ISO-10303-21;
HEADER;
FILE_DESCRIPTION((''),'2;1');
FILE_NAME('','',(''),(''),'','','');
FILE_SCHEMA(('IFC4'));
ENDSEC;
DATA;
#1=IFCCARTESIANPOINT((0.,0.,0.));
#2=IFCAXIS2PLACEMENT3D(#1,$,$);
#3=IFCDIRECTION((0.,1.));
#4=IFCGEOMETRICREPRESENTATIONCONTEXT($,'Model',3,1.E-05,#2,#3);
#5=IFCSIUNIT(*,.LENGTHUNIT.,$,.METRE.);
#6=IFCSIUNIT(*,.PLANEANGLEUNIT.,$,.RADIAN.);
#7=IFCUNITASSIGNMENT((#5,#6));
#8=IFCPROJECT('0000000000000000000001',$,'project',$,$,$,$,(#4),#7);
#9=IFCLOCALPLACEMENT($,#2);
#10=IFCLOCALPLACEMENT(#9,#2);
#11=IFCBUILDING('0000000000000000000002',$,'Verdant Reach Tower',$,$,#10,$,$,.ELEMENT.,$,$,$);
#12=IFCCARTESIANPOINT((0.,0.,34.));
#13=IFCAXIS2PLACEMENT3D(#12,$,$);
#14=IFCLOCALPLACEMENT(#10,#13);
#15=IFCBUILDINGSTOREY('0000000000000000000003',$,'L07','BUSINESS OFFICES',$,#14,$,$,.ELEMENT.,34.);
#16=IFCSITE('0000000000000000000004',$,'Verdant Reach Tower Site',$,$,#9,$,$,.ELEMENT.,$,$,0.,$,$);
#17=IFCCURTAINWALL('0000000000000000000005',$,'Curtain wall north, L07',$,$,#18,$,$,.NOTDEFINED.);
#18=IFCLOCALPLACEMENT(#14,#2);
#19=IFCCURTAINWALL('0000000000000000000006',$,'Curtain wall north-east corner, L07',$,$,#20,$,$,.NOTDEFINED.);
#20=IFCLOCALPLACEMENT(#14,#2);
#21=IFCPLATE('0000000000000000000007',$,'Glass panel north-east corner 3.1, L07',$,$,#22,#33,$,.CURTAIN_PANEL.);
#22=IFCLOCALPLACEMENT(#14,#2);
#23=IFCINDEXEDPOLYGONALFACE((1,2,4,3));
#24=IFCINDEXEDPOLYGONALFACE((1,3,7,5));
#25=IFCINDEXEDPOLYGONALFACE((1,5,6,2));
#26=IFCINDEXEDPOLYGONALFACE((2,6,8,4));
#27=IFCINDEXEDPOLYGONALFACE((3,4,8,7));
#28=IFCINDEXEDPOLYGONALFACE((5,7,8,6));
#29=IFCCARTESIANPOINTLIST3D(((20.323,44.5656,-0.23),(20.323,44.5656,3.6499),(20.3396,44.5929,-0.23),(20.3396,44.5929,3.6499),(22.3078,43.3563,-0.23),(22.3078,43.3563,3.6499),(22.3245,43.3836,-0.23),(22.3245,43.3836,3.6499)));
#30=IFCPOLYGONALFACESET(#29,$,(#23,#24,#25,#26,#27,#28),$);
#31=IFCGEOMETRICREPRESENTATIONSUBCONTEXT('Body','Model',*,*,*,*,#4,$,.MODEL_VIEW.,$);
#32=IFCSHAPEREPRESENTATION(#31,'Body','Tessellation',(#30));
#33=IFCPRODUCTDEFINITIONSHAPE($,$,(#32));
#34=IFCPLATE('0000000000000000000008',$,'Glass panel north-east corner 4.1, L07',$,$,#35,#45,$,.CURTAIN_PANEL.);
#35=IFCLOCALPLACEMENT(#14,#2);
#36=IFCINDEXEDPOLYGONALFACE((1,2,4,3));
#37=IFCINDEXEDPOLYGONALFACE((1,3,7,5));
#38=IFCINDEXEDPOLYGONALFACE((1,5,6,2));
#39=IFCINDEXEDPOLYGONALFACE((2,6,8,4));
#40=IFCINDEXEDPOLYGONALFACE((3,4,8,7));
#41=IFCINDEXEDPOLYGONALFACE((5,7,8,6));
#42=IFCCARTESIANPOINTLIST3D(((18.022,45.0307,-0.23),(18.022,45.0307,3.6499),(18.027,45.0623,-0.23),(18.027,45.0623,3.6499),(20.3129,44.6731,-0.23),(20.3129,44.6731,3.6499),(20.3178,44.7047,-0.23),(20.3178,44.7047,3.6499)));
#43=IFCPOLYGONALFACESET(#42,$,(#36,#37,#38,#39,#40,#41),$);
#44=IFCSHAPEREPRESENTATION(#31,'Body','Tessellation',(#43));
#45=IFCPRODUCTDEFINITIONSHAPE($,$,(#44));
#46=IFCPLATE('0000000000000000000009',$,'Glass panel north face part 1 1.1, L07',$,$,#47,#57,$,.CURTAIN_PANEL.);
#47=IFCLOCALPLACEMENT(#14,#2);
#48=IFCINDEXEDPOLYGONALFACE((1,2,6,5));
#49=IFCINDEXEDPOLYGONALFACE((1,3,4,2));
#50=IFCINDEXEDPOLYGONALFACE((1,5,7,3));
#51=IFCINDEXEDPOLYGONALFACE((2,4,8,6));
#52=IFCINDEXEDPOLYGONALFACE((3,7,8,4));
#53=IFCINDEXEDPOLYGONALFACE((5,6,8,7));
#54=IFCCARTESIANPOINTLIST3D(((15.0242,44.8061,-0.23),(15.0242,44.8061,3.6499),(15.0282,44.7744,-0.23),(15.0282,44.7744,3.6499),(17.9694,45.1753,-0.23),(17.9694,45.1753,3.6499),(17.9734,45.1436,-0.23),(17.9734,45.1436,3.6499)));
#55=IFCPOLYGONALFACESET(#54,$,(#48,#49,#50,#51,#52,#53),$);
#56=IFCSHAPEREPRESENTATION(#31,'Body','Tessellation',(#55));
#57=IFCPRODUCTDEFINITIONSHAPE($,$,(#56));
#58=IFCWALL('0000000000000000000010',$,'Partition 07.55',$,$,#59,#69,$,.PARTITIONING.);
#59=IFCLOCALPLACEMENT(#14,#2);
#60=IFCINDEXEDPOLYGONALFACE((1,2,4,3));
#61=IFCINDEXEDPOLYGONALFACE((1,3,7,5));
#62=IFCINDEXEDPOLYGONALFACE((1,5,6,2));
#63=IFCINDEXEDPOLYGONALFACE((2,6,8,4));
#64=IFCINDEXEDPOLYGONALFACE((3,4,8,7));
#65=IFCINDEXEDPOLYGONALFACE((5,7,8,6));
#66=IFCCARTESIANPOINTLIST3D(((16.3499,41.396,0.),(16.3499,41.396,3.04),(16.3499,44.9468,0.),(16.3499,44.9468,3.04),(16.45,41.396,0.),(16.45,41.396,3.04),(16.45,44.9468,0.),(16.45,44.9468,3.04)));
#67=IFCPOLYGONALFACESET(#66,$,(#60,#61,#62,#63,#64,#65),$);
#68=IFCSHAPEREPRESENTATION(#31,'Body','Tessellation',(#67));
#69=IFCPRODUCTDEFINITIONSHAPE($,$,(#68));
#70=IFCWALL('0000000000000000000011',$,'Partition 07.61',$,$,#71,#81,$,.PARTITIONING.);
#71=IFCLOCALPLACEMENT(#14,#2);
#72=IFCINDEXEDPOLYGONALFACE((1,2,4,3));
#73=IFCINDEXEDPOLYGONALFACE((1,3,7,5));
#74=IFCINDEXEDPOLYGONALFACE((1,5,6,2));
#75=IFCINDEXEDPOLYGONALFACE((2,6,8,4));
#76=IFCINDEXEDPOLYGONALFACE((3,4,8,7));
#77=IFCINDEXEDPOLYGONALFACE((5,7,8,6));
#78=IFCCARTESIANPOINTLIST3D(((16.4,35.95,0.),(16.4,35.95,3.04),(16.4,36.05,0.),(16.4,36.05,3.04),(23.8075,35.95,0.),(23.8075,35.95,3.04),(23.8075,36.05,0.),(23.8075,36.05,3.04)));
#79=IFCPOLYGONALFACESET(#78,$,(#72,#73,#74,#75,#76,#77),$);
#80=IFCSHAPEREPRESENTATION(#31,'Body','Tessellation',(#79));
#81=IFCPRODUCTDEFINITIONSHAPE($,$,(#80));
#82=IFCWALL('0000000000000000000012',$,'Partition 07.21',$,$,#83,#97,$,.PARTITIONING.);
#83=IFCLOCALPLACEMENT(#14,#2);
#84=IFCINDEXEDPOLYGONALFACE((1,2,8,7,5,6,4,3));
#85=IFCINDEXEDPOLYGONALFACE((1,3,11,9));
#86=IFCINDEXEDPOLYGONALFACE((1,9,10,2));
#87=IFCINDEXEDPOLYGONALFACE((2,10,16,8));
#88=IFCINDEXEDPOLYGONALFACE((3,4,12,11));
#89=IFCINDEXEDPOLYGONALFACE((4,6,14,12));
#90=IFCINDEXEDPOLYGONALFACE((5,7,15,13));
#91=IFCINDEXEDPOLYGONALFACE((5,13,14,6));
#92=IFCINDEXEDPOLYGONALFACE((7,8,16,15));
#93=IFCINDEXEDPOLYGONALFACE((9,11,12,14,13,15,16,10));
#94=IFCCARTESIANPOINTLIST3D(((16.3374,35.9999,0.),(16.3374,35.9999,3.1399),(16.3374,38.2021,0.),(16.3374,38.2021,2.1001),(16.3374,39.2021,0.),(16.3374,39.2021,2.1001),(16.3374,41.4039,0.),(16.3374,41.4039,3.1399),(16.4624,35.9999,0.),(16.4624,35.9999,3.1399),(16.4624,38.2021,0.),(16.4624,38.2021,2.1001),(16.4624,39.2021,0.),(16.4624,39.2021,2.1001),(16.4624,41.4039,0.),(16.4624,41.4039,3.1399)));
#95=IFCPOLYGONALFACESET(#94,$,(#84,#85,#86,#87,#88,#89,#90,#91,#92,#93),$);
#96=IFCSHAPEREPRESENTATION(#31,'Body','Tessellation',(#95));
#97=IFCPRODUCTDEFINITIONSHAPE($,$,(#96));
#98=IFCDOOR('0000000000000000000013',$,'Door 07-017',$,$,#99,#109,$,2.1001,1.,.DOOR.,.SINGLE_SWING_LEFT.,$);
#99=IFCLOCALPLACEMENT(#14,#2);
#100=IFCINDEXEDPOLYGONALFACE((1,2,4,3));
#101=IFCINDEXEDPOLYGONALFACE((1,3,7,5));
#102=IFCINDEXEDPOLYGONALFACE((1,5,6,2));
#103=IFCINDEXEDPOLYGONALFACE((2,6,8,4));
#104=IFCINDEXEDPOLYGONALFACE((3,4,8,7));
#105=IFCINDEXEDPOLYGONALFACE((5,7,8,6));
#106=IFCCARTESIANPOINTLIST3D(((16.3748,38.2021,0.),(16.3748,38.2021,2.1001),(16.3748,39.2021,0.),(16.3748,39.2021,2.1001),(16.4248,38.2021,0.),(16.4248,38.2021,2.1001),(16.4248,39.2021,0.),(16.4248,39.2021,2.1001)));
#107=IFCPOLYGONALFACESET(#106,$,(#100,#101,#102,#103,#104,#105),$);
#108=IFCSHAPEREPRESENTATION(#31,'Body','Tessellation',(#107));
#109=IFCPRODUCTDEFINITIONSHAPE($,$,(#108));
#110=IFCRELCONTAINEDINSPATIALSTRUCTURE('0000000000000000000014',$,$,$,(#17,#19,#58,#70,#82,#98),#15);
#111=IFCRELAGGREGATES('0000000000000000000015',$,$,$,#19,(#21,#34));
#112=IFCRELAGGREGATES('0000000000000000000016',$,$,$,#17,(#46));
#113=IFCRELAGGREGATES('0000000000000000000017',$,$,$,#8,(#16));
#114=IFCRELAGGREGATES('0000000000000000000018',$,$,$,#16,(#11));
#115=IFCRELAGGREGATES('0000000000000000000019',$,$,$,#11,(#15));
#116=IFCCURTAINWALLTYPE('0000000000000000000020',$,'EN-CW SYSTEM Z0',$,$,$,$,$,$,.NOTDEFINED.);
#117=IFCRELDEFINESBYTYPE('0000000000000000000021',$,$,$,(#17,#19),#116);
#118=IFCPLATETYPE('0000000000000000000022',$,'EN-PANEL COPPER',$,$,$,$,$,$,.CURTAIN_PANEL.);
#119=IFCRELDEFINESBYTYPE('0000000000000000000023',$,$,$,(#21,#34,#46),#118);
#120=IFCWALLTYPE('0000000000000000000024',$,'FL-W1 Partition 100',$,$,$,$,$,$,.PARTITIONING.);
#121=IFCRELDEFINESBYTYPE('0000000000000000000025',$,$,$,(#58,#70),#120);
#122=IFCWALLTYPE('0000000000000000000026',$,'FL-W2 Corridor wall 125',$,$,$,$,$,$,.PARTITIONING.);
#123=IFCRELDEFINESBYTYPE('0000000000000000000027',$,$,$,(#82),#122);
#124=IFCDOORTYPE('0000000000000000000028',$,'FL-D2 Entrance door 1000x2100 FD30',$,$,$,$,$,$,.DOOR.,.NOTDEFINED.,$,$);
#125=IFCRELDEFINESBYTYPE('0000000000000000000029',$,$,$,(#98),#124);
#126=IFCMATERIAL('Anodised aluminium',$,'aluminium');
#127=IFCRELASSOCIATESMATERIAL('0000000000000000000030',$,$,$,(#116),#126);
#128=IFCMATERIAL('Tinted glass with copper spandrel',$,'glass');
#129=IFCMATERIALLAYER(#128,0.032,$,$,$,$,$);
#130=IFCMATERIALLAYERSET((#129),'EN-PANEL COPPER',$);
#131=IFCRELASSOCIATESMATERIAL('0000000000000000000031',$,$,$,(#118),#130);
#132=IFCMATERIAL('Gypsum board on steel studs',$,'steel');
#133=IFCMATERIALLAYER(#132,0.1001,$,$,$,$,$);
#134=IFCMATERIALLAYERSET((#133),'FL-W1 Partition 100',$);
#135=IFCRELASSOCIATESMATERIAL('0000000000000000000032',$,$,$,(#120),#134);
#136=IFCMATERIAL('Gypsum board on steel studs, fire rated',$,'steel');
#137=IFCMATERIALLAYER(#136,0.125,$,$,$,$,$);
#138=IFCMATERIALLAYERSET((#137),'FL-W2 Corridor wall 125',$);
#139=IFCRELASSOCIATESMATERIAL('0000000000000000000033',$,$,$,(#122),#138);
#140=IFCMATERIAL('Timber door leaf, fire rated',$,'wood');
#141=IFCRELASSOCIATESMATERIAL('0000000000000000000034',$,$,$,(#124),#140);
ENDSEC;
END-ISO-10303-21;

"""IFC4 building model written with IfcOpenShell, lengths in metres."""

from ifc_helpers import new_model, si_unit, direction, frame, frame_2d, origin, origin_2d, place, context, subcontext, project, spatial, rectangle, extrude, material, layer, layer_set, type_object, element, fill, aggregate, save


model = new_model("IFC4")

# Units and contexts
model_context = context("Model", 3, precision=1e-05, world=origin(), true_north=direction((0.0, 1.0)))
body_context = subcontext(model_context, "Body", "Model", "MODEL_VIEW")
ifc_project = project(units=[si_unit("LENGTHUNIT", "METRE"), si_unit("PLANEANGLEUNIT", "RADIAN")], contexts=[model_context])

# Site, building, storey
site_placement = place(None, origin())
site = spatial("IfcSite", under=ifc_project, at=site_placement, Name="Verdant Reach Tower Site", CompositionType="ELEMENT", RefElevation=0.0)
building_placement = place(site_placement, origin())
building = spatial("IfcBuilding", under=site, at=building_placement, Name="Verdant Reach Tower", CompositionType="ELEMENT")
storey_placement = place(building_placement, frame((0.0, 0.0, 34.0)))
storey = spatial("IfcBuildingStorey", under=building, at=storey_placement, Name="L07", Description="BUSINESS OFFICES", CompositionType="ELEMENT", Elevation=34.0)

# Curtain wall
ifc_material_1 = material(Name="Anodised aluminium", Category="aluminium")
curtain_wall_type = type_object("IfcCurtainWallType", Name="EN-CW SYSTEM Z0", PredefinedType="NOTDEFINED", material=ifc_material_1)
curtain_wall_1_placement = place(storey_placement, origin())
curtain_wall_1 = element("IfcCurtainWall", 1, at=curtain_wall_1_placement, inside=storey, type_object=curtain_wall_type, Name="Curtain wall north, L07", PredefinedType="NOTDEFINED")

# Curtain wall
curtain_wall_2_placement = place(storey_placement, origin())
curtain_wall_2 = element("IfcCurtainWall", 2, at=curtain_wall_2_placement, inside=storey, type_object=curtain_wall_type, Name="Curtain wall north-east corner, L07", PredefinedType="NOTDEFINED")

# Shared definitions
ifc_material_2 = material(Name="Tinted glass with copper spandrel", Category="glass")
ifc_layer_1 = layer(ifc_material_2, 0.032)
ifc_layer_set_1 = layer_set([ifc_layer_1], Name="EN-PANEL COPPER")
plate_type_1 = type_object("IfcPlateType", Name="EN-PANEL COPPER", PredefinedType="CURTAIN_PANEL", material=ifc_layer_set_1)

# Plates
plate_1_placement = place(storey_placement, frame((21.3237, 43.9746, -0.23), z_axis=(0.0, 0.0, 1.0), x_axis=(-0.853989, 0.520292, 0.0)))
plate_1 = element("IfcPlate", 3, at=plate_1_placement, type_object=plate_type_1, Name="Glass panel north-east corner 3.1, L07", PredefinedType="CURTAIN_PANEL", context=body_context, shape_type="SweptSolid", body=[
    extrude(rectangle(XDim=2.3242, YDim=0.032, at=origin_2d()), origin(), (0.0, 0.0, 1.0), 3.8799),
])
plate_2_placement = place(storey_placement, frame((19.1699, 44.8677, -0.23), z_axis=(0.0, 0.0, 1.0), x_axis=(-0.988035, 0.154233, 0.0)))
plate_2 = element("IfcPlate", 4, at=plate_2_placement, type_object=plate_type_1, Name="Glass panel north-east corner 4.1, L07", PredefinedType="CURTAIN_PANEL", context=body_context, shape_type="SweptSolid", body=[
    extrude(rectangle(XDim=2.3186, YDim=0.032, at=origin_2d()), origin(), (0.0, 0.0, 1.0), 3.8799),
])
aggregate(curtain_wall_2, [plate_1, plate_2])
plate_3_placement = place(storey_placement, frame((16.4988, 44.9749, -0.23), z_axis=(0.0, 0.0, 1.0), x_axis=(-0.992234, -0.124384, 0.0)))
plate_3 = element("IfcPlate", 5, at=plate_3_placement, type_object=plate_type_1, Name="Glass panel north face part 1 1.1, L07", PredefinedType="CURTAIN_PANEL", context=body_context, shape_type="SweptSolid", body=[
    extrude(rectangle(XDim=2.9683, YDim=0.032, at=origin_2d()), origin(), (0.0, 0.0, 1.0), 3.8799),
])
aggregate(curtain_wall_1, [plate_3])

# Walls
ifc_material_3 = material(Name="Gypsum board on steel studs", Category="steel")
ifc_layer_2 = layer(ifc_material_3, 0.1001)
ifc_layer_set_2 = layer_set([ifc_layer_2], Name="FL-W1 Partition 100")
wall_type_1 = type_object("IfcWallType", Name="FL-W1 Partition 100", PredefinedType="PARTITIONING", material=ifc_layer_set_2)
wall_1_placement = place(storey_placement, frame((16.3999, 41.396, 0.0), z_axis=(0.0, 0.0, 1.0), x_axis=(0.0, 1.0, 0.0)))
element("IfcWall", 6, at=wall_1_placement, inside=storey, type_object=wall_type_1, Name="Partition 07.55", PredefinedType="PARTITIONING", context=body_context, shape_type="SweptSolid", body=[
    extrude(rectangle(XDim=3.5508, YDim=0.1001, at=frame_2d((1.7754, 0.0))), origin(), (0.0, 0.0, 1.0), 3.04),
])
wall_2_placement = place(storey_placement, frame((23.8074, 36.0, 0.0), z_axis=(0.0, 0.0, 1.0), x_axis=(-1.0, 0.0, 0.0)))
element("IfcWall", 7, at=wall_2_placement, inside=storey, type_object=wall_type_1, Name="Partition 07.61", PredefinedType="PARTITIONING", context=body_context, shape_type="SweptSolid", body=[
    extrude(rectangle(XDim=7.4075, YDim=0.1001, at=frame_2d((3.7036, 0.0))), origin(), (0.0, 0.0, 1.0), 3.04),
])

# Wall, opening, door
ifc_material_4 = material(Name="Gypsum board on steel studs, fire rated", Category="steel")
ifc_layer_3 = layer(ifc_material_4, 0.125)
ifc_layer_set_3 = layer_set([ifc_layer_3], Name="FL-W2 Corridor wall 125")
wall_type_2 = type_object("IfcWallType", Name="FL-W2 Corridor wall 125", PredefinedType="PARTITIONING", material=ifc_layer_set_3)
wall_3_placement = place(storey_placement, frame((16.3999, 41.4041, 0.0), z_axis=(0.0, 0.0, 1.0), x_axis=(0.0, -1.0, 0.0)))
wall_3 = element("IfcWall", 8, at=wall_3_placement, inside=storey, type_object=wall_type_2, Name="Partition 07.21", PredefinedType="PARTITIONING", context=body_context, shape_type="SweptSolid", body=[
    extrude(rectangle(XDim=5.4041, YDim=0.125, at=frame_2d((2.7021, 0.0))), origin(), (0.0, 0.0, 1.0), 3.1399),
])
opening_placement = place(wall_3_placement, frame((2.2019, 0.0, 0.0)))
opening = element("IfcOpeningElement", 9, at=opening_placement, cuts=wall_3, PredefinedType="OPENING", context=body_context, shape_type="SweptSolid", body=[
    extrude(rectangle(XDim=1.0, YDim=2.1001, at=frame_2d((0.5, 1.05))), frame((0.0, 0.0725, 0.0), z_axis=(0.0, -1.0, 0.0), x_axis=(1.0, 0.0, 0.0)), (0.0, 0.0, 1.0), 0.145),
])
ifc_material_5 = material(Name="Timber door leaf, fire rated", Category="wood")
door_type = type_object("IfcDoorType", Name="FL-D2 Entrance door 1000x2100 FD30", OperationType="NOTDEFINED", PredefinedType="DOOR", material=ifc_material_5)
door_placement = place(opening_placement, origin())
door = element("IfcDoor", 10, at=door_placement, inside=storey, type_object=door_type, Name="Door 07-017", OperationType="SINGLE_SWING_LEFT", OverallHeight=2.1001, OverallWidth=1.0, PredefinedType="DOOR", context=body_context, shape_type="SweptSolid", body=[
    extrude(rectangle(XDim=1.0, YDim=2.1001, at=frame_2d((0.5, 1.05))), frame((0.0, 0.0249, 0.0), z_axis=(0.0, -1.0, 0.0), x_axis=(1.0, 0.0, 0.0)), (0.0, 0.0, 1.0), 0.05),
])
fill(opening, door)

save(model, "model.ifc")
